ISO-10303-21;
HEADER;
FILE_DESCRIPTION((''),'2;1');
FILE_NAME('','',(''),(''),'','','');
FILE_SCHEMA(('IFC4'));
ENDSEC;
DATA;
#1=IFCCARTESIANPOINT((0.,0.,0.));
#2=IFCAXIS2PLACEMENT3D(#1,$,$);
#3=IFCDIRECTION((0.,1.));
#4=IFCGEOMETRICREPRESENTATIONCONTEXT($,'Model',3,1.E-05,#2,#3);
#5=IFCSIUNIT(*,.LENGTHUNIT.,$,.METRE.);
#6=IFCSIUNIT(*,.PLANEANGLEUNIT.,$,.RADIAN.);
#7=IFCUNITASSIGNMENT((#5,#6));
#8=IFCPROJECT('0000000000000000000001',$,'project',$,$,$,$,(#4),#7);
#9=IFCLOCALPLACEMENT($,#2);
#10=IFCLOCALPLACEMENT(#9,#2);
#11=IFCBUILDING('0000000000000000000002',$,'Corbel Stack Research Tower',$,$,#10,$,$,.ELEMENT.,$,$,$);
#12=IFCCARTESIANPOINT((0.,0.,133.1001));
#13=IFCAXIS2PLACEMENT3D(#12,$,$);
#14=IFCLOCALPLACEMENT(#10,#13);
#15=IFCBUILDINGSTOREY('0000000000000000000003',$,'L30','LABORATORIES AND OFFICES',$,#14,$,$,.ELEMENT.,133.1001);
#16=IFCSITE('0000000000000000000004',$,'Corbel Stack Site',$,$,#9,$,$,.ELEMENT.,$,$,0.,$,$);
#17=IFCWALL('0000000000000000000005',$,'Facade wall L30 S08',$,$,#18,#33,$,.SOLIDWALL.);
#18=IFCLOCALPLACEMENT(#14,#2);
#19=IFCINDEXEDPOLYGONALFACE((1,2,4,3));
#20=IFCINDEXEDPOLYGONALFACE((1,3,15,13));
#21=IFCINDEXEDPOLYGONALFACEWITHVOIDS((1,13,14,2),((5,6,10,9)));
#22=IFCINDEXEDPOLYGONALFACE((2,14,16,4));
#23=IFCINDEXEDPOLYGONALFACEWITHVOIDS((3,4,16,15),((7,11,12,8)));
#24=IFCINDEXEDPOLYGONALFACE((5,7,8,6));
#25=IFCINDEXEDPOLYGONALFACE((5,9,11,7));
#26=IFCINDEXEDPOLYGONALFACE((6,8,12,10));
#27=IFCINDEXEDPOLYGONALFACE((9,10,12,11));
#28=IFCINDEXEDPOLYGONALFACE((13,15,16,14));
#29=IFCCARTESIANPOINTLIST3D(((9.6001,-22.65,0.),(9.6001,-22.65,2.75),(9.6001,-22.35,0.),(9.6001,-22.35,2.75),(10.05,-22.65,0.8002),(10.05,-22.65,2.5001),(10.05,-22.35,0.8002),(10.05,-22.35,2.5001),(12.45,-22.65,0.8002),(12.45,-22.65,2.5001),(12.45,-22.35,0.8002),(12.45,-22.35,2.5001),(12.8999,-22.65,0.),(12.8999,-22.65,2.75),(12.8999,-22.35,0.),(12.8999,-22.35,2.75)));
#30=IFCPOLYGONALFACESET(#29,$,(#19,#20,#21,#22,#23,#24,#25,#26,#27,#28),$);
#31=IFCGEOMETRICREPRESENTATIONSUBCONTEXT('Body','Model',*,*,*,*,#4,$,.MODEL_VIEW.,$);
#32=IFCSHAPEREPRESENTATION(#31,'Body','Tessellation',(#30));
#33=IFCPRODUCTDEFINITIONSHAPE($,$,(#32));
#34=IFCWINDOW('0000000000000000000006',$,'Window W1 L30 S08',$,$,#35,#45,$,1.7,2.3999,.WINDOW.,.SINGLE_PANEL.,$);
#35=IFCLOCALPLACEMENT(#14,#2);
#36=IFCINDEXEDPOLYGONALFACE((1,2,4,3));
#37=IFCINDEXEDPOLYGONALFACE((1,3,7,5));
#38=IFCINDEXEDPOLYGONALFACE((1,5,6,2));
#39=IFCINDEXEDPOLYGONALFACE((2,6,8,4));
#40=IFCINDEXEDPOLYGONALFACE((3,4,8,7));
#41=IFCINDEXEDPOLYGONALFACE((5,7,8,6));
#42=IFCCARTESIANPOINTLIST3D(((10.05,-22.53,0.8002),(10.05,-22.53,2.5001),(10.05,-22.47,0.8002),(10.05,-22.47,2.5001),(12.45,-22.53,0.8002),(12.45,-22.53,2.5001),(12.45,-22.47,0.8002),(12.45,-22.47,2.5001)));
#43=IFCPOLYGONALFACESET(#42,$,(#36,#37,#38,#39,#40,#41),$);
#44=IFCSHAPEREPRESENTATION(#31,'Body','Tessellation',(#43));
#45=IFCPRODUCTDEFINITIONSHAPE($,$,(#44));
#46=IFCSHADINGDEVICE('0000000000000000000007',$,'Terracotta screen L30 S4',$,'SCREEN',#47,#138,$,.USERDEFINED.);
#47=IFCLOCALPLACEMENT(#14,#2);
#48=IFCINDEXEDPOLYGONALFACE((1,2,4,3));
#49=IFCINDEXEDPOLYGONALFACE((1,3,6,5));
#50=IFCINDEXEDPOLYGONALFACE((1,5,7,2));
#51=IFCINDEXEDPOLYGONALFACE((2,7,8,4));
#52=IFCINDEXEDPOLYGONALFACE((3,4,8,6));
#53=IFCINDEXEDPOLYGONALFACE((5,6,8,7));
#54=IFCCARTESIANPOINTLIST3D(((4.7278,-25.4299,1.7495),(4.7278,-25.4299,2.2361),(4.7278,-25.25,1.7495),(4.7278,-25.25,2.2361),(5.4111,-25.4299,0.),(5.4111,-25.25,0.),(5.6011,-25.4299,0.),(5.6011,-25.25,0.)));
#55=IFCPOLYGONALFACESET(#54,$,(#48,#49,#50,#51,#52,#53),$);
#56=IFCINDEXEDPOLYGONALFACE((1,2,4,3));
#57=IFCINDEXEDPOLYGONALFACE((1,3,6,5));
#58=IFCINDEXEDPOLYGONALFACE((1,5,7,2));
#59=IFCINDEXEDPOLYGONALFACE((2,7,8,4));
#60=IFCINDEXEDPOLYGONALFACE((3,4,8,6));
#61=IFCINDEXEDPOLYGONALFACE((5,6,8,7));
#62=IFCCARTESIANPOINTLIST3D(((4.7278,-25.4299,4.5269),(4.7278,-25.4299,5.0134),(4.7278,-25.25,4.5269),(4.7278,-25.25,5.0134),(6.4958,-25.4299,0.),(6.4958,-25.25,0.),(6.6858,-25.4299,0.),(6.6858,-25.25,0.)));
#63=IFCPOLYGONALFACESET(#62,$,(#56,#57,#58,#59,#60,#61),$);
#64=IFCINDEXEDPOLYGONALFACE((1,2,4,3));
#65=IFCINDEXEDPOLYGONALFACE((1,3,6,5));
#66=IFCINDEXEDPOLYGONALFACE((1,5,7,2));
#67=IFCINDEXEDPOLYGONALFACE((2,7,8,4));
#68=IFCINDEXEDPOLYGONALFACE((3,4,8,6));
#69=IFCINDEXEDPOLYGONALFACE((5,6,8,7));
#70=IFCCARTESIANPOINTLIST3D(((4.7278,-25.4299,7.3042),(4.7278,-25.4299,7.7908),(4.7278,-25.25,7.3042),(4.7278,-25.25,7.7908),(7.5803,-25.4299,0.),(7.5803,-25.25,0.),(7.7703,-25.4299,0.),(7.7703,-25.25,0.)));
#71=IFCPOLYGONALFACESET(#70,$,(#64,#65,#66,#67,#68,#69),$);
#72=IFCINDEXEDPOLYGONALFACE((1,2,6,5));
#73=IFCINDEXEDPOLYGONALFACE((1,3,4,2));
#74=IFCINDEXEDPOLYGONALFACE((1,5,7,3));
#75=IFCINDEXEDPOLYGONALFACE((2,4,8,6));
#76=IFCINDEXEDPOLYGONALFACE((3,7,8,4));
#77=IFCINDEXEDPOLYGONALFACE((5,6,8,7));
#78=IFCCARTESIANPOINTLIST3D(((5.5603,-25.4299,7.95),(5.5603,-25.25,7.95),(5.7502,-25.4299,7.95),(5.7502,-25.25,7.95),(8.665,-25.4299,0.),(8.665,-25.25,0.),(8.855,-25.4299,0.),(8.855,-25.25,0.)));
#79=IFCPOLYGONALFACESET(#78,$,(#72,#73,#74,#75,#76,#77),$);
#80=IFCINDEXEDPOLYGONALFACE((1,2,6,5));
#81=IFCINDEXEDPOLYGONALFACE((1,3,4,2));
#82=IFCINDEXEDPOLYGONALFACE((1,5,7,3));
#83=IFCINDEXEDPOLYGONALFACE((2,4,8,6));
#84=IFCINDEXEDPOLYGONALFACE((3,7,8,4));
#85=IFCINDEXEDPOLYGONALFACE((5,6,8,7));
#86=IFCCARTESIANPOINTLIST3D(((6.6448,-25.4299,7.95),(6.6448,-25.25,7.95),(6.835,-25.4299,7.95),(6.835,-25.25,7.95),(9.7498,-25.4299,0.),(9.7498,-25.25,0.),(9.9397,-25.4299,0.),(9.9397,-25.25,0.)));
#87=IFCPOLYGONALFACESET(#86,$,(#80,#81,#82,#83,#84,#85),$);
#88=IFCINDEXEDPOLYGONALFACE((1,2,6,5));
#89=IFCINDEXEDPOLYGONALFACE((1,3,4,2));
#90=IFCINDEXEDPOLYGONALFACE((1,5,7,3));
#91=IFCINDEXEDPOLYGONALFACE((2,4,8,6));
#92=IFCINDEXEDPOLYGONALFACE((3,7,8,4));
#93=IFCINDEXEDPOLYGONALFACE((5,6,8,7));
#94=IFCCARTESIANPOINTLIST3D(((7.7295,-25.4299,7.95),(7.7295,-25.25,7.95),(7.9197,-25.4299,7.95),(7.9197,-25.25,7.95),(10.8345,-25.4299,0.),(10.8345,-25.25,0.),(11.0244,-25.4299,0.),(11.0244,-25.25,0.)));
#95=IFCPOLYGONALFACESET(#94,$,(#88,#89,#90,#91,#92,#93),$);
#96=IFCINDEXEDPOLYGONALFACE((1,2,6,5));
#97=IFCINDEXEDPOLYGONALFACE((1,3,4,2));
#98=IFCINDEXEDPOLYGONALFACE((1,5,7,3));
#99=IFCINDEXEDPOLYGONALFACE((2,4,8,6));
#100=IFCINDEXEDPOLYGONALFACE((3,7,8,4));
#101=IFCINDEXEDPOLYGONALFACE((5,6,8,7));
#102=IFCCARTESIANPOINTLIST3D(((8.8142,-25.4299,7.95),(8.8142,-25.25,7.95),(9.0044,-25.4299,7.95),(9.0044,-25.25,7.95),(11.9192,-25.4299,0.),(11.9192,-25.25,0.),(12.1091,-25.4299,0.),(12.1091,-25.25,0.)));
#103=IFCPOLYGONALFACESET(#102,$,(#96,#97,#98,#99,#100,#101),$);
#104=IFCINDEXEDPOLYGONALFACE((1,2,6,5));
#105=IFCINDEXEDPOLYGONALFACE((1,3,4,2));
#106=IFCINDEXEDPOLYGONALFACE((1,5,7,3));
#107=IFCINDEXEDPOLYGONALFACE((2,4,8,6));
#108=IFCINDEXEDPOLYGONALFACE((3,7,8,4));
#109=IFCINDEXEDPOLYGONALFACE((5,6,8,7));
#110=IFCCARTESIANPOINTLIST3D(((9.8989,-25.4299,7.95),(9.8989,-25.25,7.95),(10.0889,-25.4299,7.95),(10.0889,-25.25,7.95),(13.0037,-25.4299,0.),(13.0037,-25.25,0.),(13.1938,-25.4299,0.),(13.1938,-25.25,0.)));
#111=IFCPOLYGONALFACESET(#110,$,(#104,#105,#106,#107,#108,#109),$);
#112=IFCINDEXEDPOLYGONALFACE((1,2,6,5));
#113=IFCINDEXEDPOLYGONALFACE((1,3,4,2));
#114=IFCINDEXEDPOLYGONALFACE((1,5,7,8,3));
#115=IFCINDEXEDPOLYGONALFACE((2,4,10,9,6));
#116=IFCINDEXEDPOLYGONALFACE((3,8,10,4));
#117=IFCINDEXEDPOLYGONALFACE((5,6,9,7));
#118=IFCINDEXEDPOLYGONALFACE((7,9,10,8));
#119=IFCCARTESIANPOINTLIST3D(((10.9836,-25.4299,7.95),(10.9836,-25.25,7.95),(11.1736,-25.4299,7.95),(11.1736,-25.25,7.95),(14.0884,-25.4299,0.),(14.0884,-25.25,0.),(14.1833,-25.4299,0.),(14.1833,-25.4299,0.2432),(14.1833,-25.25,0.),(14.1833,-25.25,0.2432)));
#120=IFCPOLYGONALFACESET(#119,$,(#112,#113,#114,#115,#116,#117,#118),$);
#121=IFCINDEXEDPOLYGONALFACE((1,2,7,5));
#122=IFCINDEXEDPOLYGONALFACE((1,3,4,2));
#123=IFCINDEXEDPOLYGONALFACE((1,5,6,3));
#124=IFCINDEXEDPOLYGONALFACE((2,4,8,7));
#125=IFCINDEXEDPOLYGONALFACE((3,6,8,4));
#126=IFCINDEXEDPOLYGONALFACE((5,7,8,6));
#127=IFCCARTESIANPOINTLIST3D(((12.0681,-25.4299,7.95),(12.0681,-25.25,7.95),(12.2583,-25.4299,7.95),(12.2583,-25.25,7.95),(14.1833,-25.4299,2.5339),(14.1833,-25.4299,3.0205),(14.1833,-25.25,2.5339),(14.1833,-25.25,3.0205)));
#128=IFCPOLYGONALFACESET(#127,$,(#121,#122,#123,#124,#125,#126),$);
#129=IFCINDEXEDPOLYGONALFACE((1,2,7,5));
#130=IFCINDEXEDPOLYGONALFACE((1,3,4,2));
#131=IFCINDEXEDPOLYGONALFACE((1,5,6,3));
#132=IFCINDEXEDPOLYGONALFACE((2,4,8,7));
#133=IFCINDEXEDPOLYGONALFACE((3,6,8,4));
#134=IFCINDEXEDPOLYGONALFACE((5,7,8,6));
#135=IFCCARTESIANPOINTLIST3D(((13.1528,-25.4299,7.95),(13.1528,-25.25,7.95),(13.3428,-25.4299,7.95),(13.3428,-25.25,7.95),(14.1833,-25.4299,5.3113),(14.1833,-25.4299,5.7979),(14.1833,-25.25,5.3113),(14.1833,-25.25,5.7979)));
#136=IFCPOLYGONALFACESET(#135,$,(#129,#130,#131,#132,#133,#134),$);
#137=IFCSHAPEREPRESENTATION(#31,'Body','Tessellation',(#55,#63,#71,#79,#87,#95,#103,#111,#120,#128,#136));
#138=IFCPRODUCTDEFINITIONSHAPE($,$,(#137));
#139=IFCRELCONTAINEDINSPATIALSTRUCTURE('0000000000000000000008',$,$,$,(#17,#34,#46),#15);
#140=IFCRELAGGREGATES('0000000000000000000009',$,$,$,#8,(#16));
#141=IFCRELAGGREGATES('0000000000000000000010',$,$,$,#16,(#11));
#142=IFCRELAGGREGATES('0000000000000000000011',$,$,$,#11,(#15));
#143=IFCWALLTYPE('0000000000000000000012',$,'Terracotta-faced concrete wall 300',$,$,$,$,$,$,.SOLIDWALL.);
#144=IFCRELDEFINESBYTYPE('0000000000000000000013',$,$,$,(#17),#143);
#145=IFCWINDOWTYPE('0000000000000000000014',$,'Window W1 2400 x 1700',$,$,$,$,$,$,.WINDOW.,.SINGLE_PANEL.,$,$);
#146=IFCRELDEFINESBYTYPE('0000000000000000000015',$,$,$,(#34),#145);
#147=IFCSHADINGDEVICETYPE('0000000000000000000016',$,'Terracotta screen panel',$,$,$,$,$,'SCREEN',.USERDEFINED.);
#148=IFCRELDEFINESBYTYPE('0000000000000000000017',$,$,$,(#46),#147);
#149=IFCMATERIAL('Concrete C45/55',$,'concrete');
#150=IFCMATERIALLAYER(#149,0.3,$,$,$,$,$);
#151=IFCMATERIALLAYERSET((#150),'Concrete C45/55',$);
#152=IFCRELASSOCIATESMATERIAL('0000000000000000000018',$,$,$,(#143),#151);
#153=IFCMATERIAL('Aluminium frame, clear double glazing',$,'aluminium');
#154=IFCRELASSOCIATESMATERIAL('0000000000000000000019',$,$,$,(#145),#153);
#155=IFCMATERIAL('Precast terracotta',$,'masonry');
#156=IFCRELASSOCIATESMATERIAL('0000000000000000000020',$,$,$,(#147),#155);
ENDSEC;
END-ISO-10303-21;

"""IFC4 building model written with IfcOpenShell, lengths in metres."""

from ifc_helpers import new_model, si_unit, direction, frame, frame_2d, origin, place, context, subcontext, project, spatial, polyline, rectangle, outline, extrude, source, transform, mapped, material, layer, layer_set, type_object, element, fill, save


model = new_model("IFC4")

# Units and contexts
model_context = context("Model", 3, precision=1e-05, world=origin(), true_north=direction((0.0, 1.0)))
body_context = subcontext(model_context, "Body", "Model", "MODEL_VIEW")
ifc_project = project(units=[si_unit("LENGTHUNIT", "METRE"), si_unit("PLANEANGLEUNIT", "RADIAN")], contexts=[model_context])

# Site, building, storey
site_placement = place(None, origin())
site = spatial("IfcSite", under=ifc_project, at=site_placement, Name="Corbel Stack Site", CompositionType="ELEMENT", RefElevation=0.0)
building_placement = place(site_placement, origin())
building = spatial("IfcBuilding", under=site, at=building_placement, Name="Corbel Stack Research Tower", CompositionType="ELEMENT")
storey_placement = place(building_placement, frame((0.0, 0.0, 133.1001)))
storey = spatial("IfcBuildingStorey", under=building, at=storey_placement, Name="L30", Description="LABORATORIES AND OFFICES", CompositionType="ELEMENT", Elevation=133.1001)

# Wall, opening, window
ifc_material_1 = material(Name="Concrete C45/55", Category="concrete")
ifc_layer_1 = layer(ifc_material_1, 0.3)
ifc_layer_set_1 = layer_set([ifc_layer_1], Name="Concrete C45/55")
wall_type_1 = type_object("IfcWallType", Name="Terracotta-faced concrete wall 300", PredefinedType="SOLIDWALL", material=ifc_layer_set_1)
ifc_material_2 = material(Name="Aluminium frame, clear double glazing", Category="aluminium")
window_type = type_object("IfcWindowType", Name="Window W1 2400 x 1700", PartitioningType="SINGLE_PANEL", PredefinedType="WINDOW", material=ifc_material_2)
wall_1_placement = place(storey_placement, frame((12.8999, -22.5, 0.0), z_axis=(0.0, 0.0, 1.0), x_axis=(-1.0, 0.0, 0.0)))
wall_1 = element("IfcWall", 1, at=wall_1_placement, inside=storey, type_object=wall_type_1, Name="Facade wall L30 S08", PredefinedType="SOLIDWALL", context=body_context, shape_type="SweptSolid", body=[
    extrude(rectangle(XDim=3.2998, YDim=0.3, at=frame_2d((1.6499, 0.0))), origin(), (0.0, 0.0, 1.0), 2.75),
])
opening_1_placement = place(wall_1_placement, frame((0.45, 0.0, 0.8)))
opening_1 = element("IfcOpeningElement", 2, at=opening_1_placement, cuts=wall_1, PredefinedType="OPENING", context=body_context, shape_type="SweptSolid", body=[
    extrude(rectangle(XDim=2.3999, YDim=1.7, at=frame_2d((1.2, 0.8501))), frame((0.0, 0.1599, 0.0), z_axis=(0.0, -1.0, 0.0), x_axis=(1.0, 0.0, 0.0)), (0.0, 0.0, 1.0), 0.3201),
])
window_1_placement = place(opening_1_placement, origin())
window_1 = element("IfcWindow", 3, at=window_1_placement, inside=storey, type_object=window_type, Name="Window W1 L30 S08", OverallHeight=1.7, OverallWidth=2.3999, PartitioningType="SINGLE_PANEL", PredefinedType="WINDOW", context=body_context, shape_type="SweptSolid", body=[
    extrude(rectangle(XDim=2.3999, YDim=1.7, at=frame_2d((1.2, 0.8501))), frame((0.0, 0.03, 0.0), z_axis=(0.0, -1.0, 0.0), x_axis=(1.0, 0.0, 0.0)), (0.0, 0.0, 1.0), 0.0601),
])
fill(opening_1, window_1)

# Shading device
ifc_material_3 = material(Name="Precast terracotta", Category="masonry")
shading_device_type = type_object("IfcShadingDeviceType", Name="Terracotta screen panel", ElementType="SCREEN", PredefinedType="USERDEFINED", material=ifc_material_3)
shared_shape = source(origin(), body_context, "Body", "SweptSolid", [
    extrude(outline(polyline([(0.8733, 0.0), (0.0, 2.2361), (0.0, 1.7495), (0.6833, 0.0), (0.8733, 0.0)])), frame((0.0, 0.0, 0.0), z_axis=(0.0, -1.0, 0.0), x_axis=(1.0, 0.0, 0.0)), (0.0, 0.0, 1.0), 0.1799),
    extrude(outline(polyline([(1.958, 0.0), (0.0, 5.0134), (0.0, 4.5269), (1.7681, 0.0), (1.958, 0.0)])), frame((0.0, 0.0, 0.0), z_axis=(0.0, -1.0, 0.0), x_axis=(1.0, 0.0, 0.0)), (0.0, 0.0, 1.0), 0.1799),
    extrude(outline(polyline([(3.0425, 0.0), (0.0, 7.7908), (0.0, 7.3042), (2.8525, 0.0), (3.0425, 0.0)])), frame((0.0, 0.0, 0.0), z_axis=(0.0, -1.0, 0.0), x_axis=(1.0, 0.0, 0.0)), (0.0, 0.0, 1.0), 0.1799),
    extrude(outline(polyline([(4.1272, 0.0), (1.0225, 7.95), (0.8325, 7.95), (3.9373, 0.0), (4.1272, 0.0)])), frame((0.0, 0.0, 0.0), z_axis=(0.0, -1.0, 0.0), x_axis=(1.0, 0.0, 0.0)), (0.0, 0.0, 1.0), 0.1799),
    extrude(outline(polyline([(5.2119, 0.0), (2.1072, 7.95), (1.917, 7.95), (5.022, 0.0), (5.2119, 0.0)])), frame((0.0, 0.0, 0.0), z_axis=(0.0, -1.0, 0.0), x_axis=(1.0, 0.0, 0.0)), (0.0, 0.0, 1.0), 0.1799),
    extrude(outline(polyline([(6.2966, 0.0), (3.1919, 7.95), (3.0017, 7.95), (6.1067, 0.0), (6.2966, 0.0)])), frame((0.0, 0.0, 0.0), z_axis=(0.0, -1.0, 0.0), x_axis=(1.0, 0.0, 0.0)), (0.0, 0.0, 1.0), 0.1799),
    extrude(outline(polyline([(7.3813, 0.0), (4.2766, 7.95), (4.0864, 7.95), (7.1914, 0.0), (7.3813, 0.0)])), frame((0.0, 0.0, 0.0), z_axis=(0.0, -1.0, 0.0), x_axis=(1.0, 0.0, 0.0)), (0.0, 0.0, 1.0), 0.1799),
    extrude(outline(polyline([(8.4661, 0.0), (5.3611, 7.95), (5.1711, 7.95), (8.2759, 0.0), (8.4661, 0.0)])), frame((0.0, 0.0, 0.0), z_axis=(0.0, -1.0, 0.0), x_axis=(1.0, 0.0, 0.0)), (0.0, 0.0, 1.0), 0.1799),
    extrude(outline(polyline([(9.4556, 0.0), (9.4556, 0.2432), (6.4458, 7.95), (6.2559, 7.95), (9.3606, 0.0), (9.4556, 0.0)])), frame((0.0, 0.0, 0.0), z_axis=(0.0, -1.0, 0.0), x_axis=(1.0, 0.0, 0.0)), (0.0, 0.0, 1.0), 0.1799),
    extrude(outline(polyline([(7.5305, 7.95), (7.3403, 7.95), (9.4556, 2.5339), (9.4556, 3.0205), (7.5305, 7.95)])), frame((0.0, 0.0, 0.0), z_axis=(0.0, -1.0, 0.0), x_axis=(1.0, 0.0, 0.0)), (0.0, 0.0, 1.0), 0.1799),
    extrude(outline(polyline([(8.615, 7.95), (8.425, 7.95), (9.4556, 5.3113), (9.4556, 5.7979), (8.615, 7.95)])), frame((0.0, 0.0, 0.0), z_axis=(0.0, -1.0, 0.0), x_axis=(1.0, 0.0, 0.0)), (0.0, 0.0, 1.0), 0.1799),
])
shading_device_placement = place(storey_placement, frame((4.7278, -25.25, 0.0), z_axis=(0.0, 0.0, 1.0), x_axis=(1.0, 0.0, 0.0)))
element("IfcShadingDevice", 4, at=shading_device_placement, inside=storey, type_object=shading_device_type, Name="Terracotta screen L30 S4", ObjectType="SCREEN", PredefinedType="USERDEFINED", context=body_context, shape_type="MappedRepresentation", body=[
    mapped(shared_shape, transform((0.0, 0.0, 0.0))),
])

save(model, "model.ifc")
